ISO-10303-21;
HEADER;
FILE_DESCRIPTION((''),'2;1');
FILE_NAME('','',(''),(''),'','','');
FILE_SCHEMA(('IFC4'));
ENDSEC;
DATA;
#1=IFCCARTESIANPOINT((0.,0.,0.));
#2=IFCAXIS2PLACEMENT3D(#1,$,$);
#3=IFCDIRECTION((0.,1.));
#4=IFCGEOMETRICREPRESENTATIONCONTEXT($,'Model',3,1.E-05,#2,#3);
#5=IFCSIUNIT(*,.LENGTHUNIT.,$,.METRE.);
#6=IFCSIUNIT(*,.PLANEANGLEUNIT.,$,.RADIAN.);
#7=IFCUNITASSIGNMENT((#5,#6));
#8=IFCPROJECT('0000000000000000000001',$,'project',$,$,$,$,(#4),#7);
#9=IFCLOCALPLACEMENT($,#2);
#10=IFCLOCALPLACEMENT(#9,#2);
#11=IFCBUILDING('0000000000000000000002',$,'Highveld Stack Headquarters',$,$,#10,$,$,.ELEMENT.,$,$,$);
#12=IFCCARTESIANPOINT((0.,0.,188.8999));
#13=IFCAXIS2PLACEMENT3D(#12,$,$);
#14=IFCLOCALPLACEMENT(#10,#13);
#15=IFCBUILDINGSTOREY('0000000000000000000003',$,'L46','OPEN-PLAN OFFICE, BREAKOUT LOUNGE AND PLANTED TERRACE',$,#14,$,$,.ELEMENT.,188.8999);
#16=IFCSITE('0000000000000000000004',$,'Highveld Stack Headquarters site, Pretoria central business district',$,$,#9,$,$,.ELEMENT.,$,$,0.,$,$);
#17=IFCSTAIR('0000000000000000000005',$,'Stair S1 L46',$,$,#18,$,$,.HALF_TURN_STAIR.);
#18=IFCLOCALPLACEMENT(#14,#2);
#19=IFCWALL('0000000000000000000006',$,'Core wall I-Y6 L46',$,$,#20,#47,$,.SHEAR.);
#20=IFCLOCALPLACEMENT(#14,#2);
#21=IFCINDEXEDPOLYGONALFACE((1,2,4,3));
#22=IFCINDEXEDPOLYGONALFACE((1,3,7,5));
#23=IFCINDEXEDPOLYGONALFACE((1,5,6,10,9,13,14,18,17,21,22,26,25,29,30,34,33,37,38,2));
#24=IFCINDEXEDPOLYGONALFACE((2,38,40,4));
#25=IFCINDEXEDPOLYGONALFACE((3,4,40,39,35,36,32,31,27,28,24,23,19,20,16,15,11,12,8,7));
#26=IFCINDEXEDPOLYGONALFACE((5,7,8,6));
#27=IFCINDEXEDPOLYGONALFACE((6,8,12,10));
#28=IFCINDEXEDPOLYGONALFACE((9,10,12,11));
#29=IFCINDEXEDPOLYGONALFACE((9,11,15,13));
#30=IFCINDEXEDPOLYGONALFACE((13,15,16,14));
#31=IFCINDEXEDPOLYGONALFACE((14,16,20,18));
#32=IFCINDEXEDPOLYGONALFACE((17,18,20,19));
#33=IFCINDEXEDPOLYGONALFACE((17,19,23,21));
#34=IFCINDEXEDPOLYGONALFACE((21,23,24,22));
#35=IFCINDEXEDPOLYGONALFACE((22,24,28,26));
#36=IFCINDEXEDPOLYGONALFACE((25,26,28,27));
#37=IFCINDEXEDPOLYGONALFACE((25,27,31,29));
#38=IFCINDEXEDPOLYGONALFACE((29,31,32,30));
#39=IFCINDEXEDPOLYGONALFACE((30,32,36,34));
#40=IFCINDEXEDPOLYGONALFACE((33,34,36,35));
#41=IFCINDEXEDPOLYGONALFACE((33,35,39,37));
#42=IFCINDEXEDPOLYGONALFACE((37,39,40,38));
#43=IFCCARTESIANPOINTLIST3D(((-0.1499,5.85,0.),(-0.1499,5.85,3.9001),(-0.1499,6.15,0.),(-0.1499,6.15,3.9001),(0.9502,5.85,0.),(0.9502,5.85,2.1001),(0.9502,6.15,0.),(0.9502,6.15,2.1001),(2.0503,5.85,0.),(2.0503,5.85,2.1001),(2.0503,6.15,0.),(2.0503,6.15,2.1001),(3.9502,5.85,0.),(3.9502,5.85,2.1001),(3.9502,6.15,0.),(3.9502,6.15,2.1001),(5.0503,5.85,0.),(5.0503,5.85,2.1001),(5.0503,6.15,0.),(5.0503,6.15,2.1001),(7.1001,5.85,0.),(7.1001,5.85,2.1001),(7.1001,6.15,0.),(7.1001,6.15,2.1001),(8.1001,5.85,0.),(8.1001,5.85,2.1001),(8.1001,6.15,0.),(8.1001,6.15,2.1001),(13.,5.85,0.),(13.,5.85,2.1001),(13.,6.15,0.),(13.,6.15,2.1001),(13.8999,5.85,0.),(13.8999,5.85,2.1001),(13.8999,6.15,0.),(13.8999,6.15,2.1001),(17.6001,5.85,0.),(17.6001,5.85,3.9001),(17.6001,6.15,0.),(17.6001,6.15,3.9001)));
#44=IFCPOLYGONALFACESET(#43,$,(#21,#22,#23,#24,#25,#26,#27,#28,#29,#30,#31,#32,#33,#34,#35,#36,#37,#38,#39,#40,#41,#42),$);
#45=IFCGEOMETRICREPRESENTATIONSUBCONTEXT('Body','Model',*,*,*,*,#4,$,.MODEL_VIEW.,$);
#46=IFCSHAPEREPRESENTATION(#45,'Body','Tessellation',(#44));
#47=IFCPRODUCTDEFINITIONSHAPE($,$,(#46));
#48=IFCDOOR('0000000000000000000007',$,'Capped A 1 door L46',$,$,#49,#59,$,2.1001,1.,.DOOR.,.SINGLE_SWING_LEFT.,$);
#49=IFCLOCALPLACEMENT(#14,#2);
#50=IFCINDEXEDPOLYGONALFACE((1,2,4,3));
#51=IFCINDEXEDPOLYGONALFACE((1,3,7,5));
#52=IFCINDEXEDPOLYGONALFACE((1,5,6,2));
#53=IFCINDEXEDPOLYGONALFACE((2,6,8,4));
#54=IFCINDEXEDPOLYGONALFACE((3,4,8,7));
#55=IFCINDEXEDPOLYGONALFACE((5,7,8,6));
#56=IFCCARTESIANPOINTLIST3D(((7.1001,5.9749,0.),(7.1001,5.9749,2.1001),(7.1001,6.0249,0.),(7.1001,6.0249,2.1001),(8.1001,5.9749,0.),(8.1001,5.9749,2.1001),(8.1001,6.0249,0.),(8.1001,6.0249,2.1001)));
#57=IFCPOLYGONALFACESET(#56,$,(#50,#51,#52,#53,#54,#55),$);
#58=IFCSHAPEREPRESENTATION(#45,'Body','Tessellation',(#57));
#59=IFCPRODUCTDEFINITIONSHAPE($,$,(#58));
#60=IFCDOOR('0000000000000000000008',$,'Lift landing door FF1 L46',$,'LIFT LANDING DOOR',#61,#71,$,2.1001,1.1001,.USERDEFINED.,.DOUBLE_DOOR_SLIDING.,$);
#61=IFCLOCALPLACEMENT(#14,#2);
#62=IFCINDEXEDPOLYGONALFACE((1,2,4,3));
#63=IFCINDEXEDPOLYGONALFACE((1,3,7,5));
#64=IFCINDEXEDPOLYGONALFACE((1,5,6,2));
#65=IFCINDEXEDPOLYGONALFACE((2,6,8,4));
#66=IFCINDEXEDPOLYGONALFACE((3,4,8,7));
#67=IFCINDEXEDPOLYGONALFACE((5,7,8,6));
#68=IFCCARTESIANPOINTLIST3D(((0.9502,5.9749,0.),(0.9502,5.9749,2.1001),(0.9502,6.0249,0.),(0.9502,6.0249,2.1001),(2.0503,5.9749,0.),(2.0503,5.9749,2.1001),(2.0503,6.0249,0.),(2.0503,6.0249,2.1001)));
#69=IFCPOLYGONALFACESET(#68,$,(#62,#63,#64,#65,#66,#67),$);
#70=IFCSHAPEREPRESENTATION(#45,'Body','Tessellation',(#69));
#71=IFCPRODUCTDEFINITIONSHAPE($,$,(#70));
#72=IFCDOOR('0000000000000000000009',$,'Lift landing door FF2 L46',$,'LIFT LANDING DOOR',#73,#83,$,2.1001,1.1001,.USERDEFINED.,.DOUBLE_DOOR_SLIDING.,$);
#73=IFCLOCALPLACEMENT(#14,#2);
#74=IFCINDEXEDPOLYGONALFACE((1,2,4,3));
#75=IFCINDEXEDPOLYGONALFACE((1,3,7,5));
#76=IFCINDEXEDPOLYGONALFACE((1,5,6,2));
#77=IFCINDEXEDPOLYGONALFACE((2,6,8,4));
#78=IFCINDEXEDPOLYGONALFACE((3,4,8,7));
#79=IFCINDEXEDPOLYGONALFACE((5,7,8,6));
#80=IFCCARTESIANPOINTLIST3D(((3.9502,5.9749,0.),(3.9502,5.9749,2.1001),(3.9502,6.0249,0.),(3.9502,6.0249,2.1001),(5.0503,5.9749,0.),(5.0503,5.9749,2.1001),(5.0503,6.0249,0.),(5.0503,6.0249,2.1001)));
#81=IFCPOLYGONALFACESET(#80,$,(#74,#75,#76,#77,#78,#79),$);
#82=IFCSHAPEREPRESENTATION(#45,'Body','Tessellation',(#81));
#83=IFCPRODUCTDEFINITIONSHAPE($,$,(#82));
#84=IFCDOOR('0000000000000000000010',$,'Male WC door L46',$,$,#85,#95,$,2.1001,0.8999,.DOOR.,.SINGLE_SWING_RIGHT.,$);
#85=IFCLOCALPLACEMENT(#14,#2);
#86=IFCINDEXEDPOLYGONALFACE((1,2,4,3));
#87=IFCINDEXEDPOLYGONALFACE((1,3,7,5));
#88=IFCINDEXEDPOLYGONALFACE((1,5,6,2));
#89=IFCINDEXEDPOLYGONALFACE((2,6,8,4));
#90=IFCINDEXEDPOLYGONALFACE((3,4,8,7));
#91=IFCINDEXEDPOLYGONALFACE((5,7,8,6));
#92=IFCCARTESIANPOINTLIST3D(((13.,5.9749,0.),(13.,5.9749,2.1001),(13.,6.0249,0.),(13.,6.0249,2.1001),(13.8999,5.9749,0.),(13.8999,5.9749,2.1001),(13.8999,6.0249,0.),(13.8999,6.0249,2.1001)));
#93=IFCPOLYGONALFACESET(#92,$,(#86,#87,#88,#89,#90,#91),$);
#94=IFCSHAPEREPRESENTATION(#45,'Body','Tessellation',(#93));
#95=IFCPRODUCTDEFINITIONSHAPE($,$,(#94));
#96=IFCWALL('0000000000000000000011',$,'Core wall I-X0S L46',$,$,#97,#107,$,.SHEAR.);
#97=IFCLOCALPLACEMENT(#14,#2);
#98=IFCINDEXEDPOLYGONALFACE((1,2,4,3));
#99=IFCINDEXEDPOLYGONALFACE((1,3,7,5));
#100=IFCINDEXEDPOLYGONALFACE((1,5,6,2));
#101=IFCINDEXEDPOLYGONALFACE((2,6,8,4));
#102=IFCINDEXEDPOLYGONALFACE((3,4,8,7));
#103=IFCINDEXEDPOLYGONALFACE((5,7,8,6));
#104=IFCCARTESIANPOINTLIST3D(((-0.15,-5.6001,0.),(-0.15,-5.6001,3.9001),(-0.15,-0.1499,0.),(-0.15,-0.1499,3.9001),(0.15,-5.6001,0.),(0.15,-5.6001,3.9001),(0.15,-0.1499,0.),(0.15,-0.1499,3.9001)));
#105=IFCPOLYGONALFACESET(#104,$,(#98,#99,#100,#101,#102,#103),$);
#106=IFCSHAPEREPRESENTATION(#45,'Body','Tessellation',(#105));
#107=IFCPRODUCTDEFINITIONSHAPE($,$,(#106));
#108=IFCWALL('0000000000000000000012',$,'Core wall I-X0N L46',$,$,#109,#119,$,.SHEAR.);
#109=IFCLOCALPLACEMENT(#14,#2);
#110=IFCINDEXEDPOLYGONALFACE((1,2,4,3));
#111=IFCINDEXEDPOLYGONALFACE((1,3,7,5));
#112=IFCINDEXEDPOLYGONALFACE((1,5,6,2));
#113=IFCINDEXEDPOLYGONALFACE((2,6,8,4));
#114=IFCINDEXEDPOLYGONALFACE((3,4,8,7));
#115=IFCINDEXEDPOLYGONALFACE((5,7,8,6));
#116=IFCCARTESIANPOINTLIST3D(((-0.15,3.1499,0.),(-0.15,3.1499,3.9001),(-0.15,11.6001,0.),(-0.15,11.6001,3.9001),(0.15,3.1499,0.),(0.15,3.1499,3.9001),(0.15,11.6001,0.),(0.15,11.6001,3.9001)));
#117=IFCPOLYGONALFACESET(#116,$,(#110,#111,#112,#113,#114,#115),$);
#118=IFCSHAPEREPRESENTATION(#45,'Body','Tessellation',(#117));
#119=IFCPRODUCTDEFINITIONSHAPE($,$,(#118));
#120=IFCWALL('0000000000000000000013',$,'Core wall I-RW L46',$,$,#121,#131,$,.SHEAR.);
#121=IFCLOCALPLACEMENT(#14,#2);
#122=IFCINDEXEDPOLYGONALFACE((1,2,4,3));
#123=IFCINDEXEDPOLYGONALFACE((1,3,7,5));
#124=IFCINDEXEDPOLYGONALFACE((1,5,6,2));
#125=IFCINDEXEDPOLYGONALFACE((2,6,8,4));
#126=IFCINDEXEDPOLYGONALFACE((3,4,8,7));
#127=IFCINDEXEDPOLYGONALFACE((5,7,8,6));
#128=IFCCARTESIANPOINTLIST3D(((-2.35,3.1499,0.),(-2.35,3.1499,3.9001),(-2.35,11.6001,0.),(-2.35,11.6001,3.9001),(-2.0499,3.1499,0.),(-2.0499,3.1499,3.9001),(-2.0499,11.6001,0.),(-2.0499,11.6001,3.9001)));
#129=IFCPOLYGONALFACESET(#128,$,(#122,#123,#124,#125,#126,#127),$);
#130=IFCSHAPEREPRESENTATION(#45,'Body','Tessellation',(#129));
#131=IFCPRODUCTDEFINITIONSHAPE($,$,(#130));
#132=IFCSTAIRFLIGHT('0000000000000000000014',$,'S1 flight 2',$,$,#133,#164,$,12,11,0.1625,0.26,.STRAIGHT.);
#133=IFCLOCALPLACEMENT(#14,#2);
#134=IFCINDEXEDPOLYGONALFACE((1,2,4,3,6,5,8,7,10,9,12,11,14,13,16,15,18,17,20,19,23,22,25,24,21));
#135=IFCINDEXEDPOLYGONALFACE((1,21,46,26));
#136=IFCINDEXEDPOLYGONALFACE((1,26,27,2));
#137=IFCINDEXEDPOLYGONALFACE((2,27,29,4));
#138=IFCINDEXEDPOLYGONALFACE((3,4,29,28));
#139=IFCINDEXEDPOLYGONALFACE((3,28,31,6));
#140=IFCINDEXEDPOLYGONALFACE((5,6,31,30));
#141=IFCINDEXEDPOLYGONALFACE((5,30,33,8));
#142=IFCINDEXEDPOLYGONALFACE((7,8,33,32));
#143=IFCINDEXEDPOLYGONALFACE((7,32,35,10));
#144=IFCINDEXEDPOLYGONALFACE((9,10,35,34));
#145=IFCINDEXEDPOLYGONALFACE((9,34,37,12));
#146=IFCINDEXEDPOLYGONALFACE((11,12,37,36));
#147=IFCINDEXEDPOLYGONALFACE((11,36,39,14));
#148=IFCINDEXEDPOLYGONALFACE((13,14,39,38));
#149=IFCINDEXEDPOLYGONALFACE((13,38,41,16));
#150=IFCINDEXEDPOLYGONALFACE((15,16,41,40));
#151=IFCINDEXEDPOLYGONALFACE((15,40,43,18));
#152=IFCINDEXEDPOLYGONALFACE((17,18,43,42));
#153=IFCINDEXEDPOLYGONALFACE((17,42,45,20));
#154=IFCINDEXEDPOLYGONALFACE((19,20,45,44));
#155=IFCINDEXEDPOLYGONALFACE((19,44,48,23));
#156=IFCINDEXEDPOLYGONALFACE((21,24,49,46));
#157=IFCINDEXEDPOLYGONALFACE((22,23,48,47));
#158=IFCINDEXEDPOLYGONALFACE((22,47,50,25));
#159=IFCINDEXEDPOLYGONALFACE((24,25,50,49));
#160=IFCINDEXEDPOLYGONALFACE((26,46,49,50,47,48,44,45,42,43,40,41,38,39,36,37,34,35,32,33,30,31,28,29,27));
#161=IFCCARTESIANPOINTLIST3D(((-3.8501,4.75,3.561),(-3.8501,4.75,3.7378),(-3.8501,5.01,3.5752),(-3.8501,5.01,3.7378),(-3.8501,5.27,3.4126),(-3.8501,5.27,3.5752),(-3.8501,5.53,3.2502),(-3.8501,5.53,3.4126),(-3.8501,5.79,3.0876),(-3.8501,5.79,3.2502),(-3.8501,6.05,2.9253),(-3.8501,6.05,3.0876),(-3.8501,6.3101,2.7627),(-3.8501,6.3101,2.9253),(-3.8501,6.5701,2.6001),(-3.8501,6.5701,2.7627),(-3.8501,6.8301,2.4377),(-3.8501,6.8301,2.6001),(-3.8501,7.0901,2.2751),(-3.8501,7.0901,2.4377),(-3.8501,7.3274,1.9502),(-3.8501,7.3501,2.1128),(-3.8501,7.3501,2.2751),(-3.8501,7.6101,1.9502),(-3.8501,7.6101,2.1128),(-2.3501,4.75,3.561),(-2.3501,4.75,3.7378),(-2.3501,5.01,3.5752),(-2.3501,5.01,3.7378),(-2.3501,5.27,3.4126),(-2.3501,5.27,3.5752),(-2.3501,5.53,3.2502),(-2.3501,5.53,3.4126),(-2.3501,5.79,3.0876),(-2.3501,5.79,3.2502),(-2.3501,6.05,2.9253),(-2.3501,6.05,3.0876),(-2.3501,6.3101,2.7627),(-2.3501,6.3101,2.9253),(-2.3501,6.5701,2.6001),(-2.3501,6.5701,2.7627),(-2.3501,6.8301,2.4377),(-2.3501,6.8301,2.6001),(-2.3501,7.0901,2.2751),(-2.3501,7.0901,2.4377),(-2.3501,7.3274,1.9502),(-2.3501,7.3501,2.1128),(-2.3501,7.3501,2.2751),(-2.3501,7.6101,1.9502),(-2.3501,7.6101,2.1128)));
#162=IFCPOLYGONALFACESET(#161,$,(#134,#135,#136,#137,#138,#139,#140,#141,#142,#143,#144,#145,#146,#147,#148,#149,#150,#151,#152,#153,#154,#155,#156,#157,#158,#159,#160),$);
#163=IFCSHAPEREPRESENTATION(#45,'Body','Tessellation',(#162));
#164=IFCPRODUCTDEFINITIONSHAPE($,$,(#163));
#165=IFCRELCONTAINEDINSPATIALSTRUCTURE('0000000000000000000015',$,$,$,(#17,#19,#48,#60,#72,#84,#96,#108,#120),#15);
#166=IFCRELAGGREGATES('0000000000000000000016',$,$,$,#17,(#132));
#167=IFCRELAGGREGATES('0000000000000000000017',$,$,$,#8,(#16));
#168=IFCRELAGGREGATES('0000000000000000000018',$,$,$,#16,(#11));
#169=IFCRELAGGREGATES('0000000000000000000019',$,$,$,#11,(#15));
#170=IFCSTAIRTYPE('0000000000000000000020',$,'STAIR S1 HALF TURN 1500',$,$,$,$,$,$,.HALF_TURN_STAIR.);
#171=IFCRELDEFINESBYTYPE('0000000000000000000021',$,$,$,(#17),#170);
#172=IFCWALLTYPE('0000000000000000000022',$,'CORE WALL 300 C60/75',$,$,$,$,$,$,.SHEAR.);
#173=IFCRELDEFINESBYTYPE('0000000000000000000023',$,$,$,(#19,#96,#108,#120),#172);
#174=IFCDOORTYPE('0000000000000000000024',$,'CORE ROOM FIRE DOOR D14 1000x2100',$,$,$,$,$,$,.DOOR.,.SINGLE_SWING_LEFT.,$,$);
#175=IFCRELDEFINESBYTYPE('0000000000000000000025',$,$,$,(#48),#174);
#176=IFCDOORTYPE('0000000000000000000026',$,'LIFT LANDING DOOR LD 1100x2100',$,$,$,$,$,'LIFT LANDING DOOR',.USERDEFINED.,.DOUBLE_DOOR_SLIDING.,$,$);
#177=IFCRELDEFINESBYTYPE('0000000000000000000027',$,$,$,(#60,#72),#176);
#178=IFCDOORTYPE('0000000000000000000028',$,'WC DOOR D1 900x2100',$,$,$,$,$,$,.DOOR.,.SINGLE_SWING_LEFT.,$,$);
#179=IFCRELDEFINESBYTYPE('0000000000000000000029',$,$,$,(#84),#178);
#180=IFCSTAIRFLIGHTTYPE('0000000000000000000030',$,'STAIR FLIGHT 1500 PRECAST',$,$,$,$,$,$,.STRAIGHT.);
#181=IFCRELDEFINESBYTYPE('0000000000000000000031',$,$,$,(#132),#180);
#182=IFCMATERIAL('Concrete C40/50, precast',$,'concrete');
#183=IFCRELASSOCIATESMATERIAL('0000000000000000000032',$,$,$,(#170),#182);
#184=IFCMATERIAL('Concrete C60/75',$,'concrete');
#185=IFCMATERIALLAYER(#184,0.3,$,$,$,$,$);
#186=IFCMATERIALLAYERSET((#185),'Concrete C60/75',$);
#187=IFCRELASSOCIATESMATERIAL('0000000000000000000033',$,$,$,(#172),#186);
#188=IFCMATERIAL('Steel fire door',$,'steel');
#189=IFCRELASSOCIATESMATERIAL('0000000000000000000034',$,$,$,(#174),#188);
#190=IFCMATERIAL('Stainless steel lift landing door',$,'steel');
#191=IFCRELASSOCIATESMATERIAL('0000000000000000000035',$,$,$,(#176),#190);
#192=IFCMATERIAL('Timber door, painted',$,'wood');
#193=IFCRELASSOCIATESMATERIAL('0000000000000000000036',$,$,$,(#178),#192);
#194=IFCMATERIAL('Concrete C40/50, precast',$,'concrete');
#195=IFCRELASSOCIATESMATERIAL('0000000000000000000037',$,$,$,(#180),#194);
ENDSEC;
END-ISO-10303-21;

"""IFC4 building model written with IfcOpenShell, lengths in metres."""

from ifc_helpers import new_model, si_unit, direction, frame, frame_2d, origin, place, context, subcontext, project, spatial, polyline, rectangle, outline, extrude, material, layer, layer_set, type_object, element, fill, aggregate, save


model = new_model("IFC4")

# Units and contexts
model_context = context("Model", 3, precision=1e-05, world=origin(), true_north=direction((0.0, 1.0)))
body_context = subcontext(model_context, "Body", "Model", "MODEL_VIEW")
ifc_project = project(units=[si_unit("LENGTHUNIT", "METRE"), si_unit("PLANEANGLEUNIT", "RADIAN")], contexts=[model_context])

# Site, building, storey
site_placement = place(None, origin())
site = spatial("IfcSite", under=ifc_project, at=site_placement, Name="Highveld Stack Headquarters site, Pretoria central business district", CompositionType="ELEMENT", RefElevation=0.0)
building_placement = place(site_placement, origin())
building = spatial("IfcBuilding", under=site, at=building_placement, Name="Highveld Stack Headquarters", CompositionType="ELEMENT")
storey_placement = place(building_placement, frame((0.0, 0.0, 188.8999)))
storey = spatial("IfcBuildingStorey", under=building, at=storey_placement, Name="L46", Description="OPEN-PLAN OFFICE, BREAKOUT LOUNGE AND PLANTED TERRACE", CompositionType="ELEMENT", Elevation=188.8999)

# Stair
ifc_material_1 = material(Name="Concrete C40/50, precast", Category="concrete")
stair_type_1 = type_object("IfcStairType", Name="STAIR S1 HALF TURN 1500", PredefinedType="HALF_TURN_STAIR", material=ifc_material_1)
stair_1_placement = place(storey_placement, origin())
stair_1 = element("IfcStair", 1, at=stair_1_placement, inside=storey, type_object=stair_type_1, Name="Stair S1 L46", PredefinedType="HALF_TURN_STAIR")

# Wall, openings, doors
ifc_material_2 = material(Name="Concrete C60/75", Category="concrete")
ifc_layer_1 = layer(ifc_material_2, 0.3)
ifc_layer_set_1 = layer_set([ifc_layer_1], Name="Concrete C60/75")
wall_type = type_object("IfcWallType", Name="CORE WALL 300 C60/75", PredefinedType="SHEAR", material=ifc_layer_set_1)
wall_1_placement = place(storey_placement, frame((-0.1499, 6.0, 0.0), z_axis=(0.0, 0.0, 1.0), x_axis=(1.0, 0.0, 0.0)))
wall_1 = element("IfcWall", 2, at=wall_1_placement, inside=storey, type_object=wall_type, Name="Core wall I-Y6 L46", PredefinedType="SHEAR", context=body_context, shape_type="SweptSolid", body=[
    extrude(rectangle(XDim=17.75, YDim=0.3, at=frame_2d((8.875, 0.0))), origin(), (0.0, 0.0, 1.0), 3.9001),
])
opening_1_placement = place(wall_1_placement, frame((13.1499, 0.0, 0.0)))
opening_1 = element("IfcOpeningElement", 3, at=opening_1_placement, cuts=wall_1, PredefinedType="OPENING", context=body_context, shape_type="SweptSolid", body=[
    extrude(rectangle(XDim=0.8999, YDim=2.1001, at=frame_2d((0.45, 1.05))), frame((0.0, 0.1599, 0.0), z_axis=(0.0, -1.0, 0.0), x_axis=(1.0, 0.0, 0.0)), (0.0, 0.0, 1.0), 0.3201),
])
opening_2_placement = place(wall_1_placement, frame((7.25, 0.0, 0.0)))
opening_2 = element("IfcOpeningElement", 4, at=opening_2_placement, cuts=wall_1, PredefinedType="OPENING", context=body_context, shape_type="SweptSolid", body=[
    extrude(rectangle(XDim=1.0, YDim=2.1001, at=frame_2d((0.5, 1.05))), frame((0.0, 0.1599, 0.0), z_axis=(0.0, -1.0, 0.0), x_axis=(1.0, 0.0, 0.0)), (0.0, 0.0, 1.0), 0.3201),
])
opening_3_placement = place(wall_1_placement, frame((1.1001, 0.0, 0.0)))
opening_3 = element("IfcOpeningElement", 5, at=opening_3_placement, cuts=wall_1, PredefinedType="OPENING", context=body_context, shape_type="SweptSolid", body=[
    extrude(rectangle(XDim=1.1001, YDim=2.1001, at=frame_2d((0.55, 1.05))), frame((0.0, 0.1599, 0.0), z_axis=(0.0, -1.0, 0.0), x_axis=(1.0, 0.0, 0.0)), (0.0, 0.0, 1.0), 0.3201),
])
opening_4_placement = place(wall_1_placement, frame((4.1001, 0.0, 0.0)))
opening_4 = element("IfcOpeningElement", 6, at=opening_4_placement, cuts=wall_1, PredefinedType="OPENING", context=body_context, shape_type="SweptSolid", body=[
    extrude(rectangle(XDim=1.1001, YDim=2.1001, at=frame_2d((0.55, 1.05))), frame((0.0, 0.1599, 0.0), z_axis=(0.0, -1.0, 0.0), x_axis=(1.0, 0.0, 0.0)), (0.0, 0.0, 1.0), 0.3201),
])
ifc_material_3 = material(Name="Steel fire door", Category="steel")
door_type_1 = type_object("IfcDoorType", Name="CORE ROOM FIRE DOOR D14 1000x2100", OperationType="SINGLE_SWING_LEFT", PredefinedType="DOOR", material=ifc_material_3)
door_1_placement = place(opening_2_placement, origin())
door_1 = element("IfcDoor", 7, at=door_1_placement, inside=storey, type_object=door_type_1, Name="Capped A 1 door L46", OperationType="SINGLE_SWING_LEFT", OverallHeight=2.1001, OverallWidth=1.0, PredefinedType="DOOR", context=body_context, shape_type="SweptSolid", body=[
    extrude(rectangle(XDim=1.0, YDim=2.1001, at=frame_2d((0.5, 1.05))), frame((0.0, 0.0249, 0.0), z_axis=(0.0, -1.0, 0.0), x_axis=(1.0, 0.0, 0.0)), (0.0, 0.0, 1.0), 0.05),
])
fill(opening_2, door_1)
ifc_material_4 = material(Name="Stainless steel lift landing door", Category="steel")
door_type_2 = type_object("IfcDoorType", Name="LIFT LANDING DOOR LD 1100x2100", ElementType="LIFT LANDING DOOR", OperationType="DOUBLE_DOOR_SLIDING", PredefinedType="USERDEFINED", material=ifc_material_4)
door_2_placement = place(opening_3_placement, origin())
door_2 = element("IfcDoor", 8, at=door_2_placement, inside=storey, type_object=door_type_2, Name="Lift landing door FF1 L46", ObjectType="LIFT LANDING DOOR", OperationType="DOUBLE_DOOR_SLIDING", OverallHeight=2.1001, OverallWidth=1.1001, PredefinedType="USERDEFINED", context=body_context, shape_type="SweptSolid", body=[
    extrude(rectangle(XDim=1.1001, YDim=2.1001, at=frame_2d((0.55, 1.05))), frame((0.0, 0.0249, 0.0), z_axis=(0.0, -1.0, 0.0), x_axis=(1.0, 0.0, 0.0)), (0.0, 0.0, 1.0), 0.05),
])
fill(opening_3, door_2)
door_3_placement = place(opening_4_placement, origin())
door_3 = element("IfcDoor", 9, at=door_3_placement, inside=storey, type_object=door_type_2, Name="Lift landing door FF2 L46", ObjectType="LIFT LANDING DOOR", OperationType="DOUBLE_DOOR_SLIDING", OverallHeight=2.1001, OverallWidth=1.1001, PredefinedType="USERDEFINED", context=body_context, shape_type="SweptSolid", body=[
    extrude(rectangle(XDim=1.1001, YDim=2.1001, at=frame_2d((0.55, 1.05))), frame((0.0, 0.0249, 0.0), z_axis=(0.0, -1.0, 0.0), x_axis=(1.0, 0.0, 0.0)), (0.0, 0.0, 1.0), 0.05),
])
fill(opening_4, door_3)
ifc_material_5 = material(Name="Timber door, painted", Category="wood")
door_type_3 = type_object("IfcDoorType", Name="WC DOOR D1 900x2100", OperationType="SINGLE_SWING_LEFT", PredefinedType="DOOR", material=ifc_material_5)
door_4_placement = place(opening_1_placement, origin())
door_4 = element("IfcDoor", 10, at=door_4_placement, inside=storey, type_object=door_type_3, Name="Male WC door L46", OperationType="SINGLE_SWING_RIGHT", OverallHeight=2.1001, OverallWidth=0.8999, PredefinedType="DOOR", context=body_context, shape_type="SweptSolid", body=[
    extrude(rectangle(XDim=0.8999, YDim=2.1001, at=frame_2d((0.45, 1.05))), frame((0.0, 0.0249, 0.0), z_axis=(0.0, -1.0, 0.0), x_axis=(1.0, 0.0, 0.0)), (0.0, 0.0, 1.0), 0.05),
])
fill(opening_1, door_4)

# Walls
wall_2_placement = place(storey_placement, frame((0.0, -5.6001, 0.0), z_axis=(0.0, 0.0, 1.0), x_axis=(0.0, 1.0, 0.0)))
element("IfcWall", 11, at=wall_2_placement, inside=storey, type_object=wall_type, Name="Core wall I-X0S L46", PredefinedType="SHEAR", context=body_context, shape_type="SweptSolid", body=[
    extrude(rectangle(XDim=5.4502, YDim=0.3, at=frame_2d((2.7251, 0.0))), origin(), (0.0, 0.0, 1.0), 3.9001),
])
for number, where, z_axis, x_axis, name in (
    (12, (0.0, 3.1499, 0.0), (0.0, 0.0, 1.0), (0.0, 1.0, 0.0), "Core wall I-X0N L46"),
    (13, (-2.2, 3.1499, 0.0), (0.0, 0.0, 1.0), (0.0, 1.0, 0.0), "Core wall I-RW L46"),
):
    element("IfcWall", number, at=place(storey_placement, frame(where, z_axis=z_axis, x_axis=x_axis)), inside=storey, type_object=wall_type, Name=name, PredefinedType="SHEAR", context=body_context, shape_type="SweptSolid", body=[
        extrude(rectangle(XDim=8.4502, YDim=0.3, at=frame_2d((4.2251, 0.0))), origin(), (0.0, 0.0, 1.0), 3.9001),
    ])

# Stair flight
ifc_material_6 = material(Name="Concrete C40/50, precast", Category="concrete")
stair_flight_type = type_object("IfcStairFlightType", Name="STAIR FLIGHT 1500 PRECAST", PredefinedType="STRAIGHT", material=ifc_material_6)
stair_flight_placement = place(storey_placement, frame((-3.1001, 7.6101, 1.9502), z_axis=(0.0, 0.0, 1.0), x_axis=(0.0, -1.0, 0.0)))
stair_flight = element("IfcStairFlight", 14, at=stair_flight_placement, type_object=stair_flight_type, Name="S1 flight 2", NumberOfRisers=12, NumberOfTreads=11, PredefinedType="STRAIGHT", RiserHeight=0.1625, TreadLength=0.26, context=body_context, shape_type="SweptSolid", body=[
    extrude(outline(polyline([(0.0, 0.0), (0.0, 0.1626), (0.26, 0.1626), (0.26, 0.325), (0.52, 0.325), (0.52, 0.4875), (0.78, 0.4875), (0.78, 0.6499), (1.04, 0.6499), (1.04, 0.8125), (1.3, 0.8125), (1.3, 0.9751), (1.5601, 0.9751), (1.5601, 1.1375), (1.8201, 1.1375), (1.8201, 1.3), (2.0801, 1.3), (2.0801, 1.4624), (2.3401, 1.4624), (2.3401, 1.625), (2.6001, 1.625), (2.6001, 1.7876), (2.8601, 1.7876), (2.8601, 1.95), (2.8601, 1.6108), (0.2827, 0.0), (0.0, 0.0)])), frame((0.0, 0.75, 0.0), z_axis=(0.0, -1.0, 0.0), x_axis=(1.0, 0.0, 0.0)), (0.0, 0.0, 1.0), 1.5),
])
aggregate(stair_1, [stair_flight])

save(model, "model.ifc")
